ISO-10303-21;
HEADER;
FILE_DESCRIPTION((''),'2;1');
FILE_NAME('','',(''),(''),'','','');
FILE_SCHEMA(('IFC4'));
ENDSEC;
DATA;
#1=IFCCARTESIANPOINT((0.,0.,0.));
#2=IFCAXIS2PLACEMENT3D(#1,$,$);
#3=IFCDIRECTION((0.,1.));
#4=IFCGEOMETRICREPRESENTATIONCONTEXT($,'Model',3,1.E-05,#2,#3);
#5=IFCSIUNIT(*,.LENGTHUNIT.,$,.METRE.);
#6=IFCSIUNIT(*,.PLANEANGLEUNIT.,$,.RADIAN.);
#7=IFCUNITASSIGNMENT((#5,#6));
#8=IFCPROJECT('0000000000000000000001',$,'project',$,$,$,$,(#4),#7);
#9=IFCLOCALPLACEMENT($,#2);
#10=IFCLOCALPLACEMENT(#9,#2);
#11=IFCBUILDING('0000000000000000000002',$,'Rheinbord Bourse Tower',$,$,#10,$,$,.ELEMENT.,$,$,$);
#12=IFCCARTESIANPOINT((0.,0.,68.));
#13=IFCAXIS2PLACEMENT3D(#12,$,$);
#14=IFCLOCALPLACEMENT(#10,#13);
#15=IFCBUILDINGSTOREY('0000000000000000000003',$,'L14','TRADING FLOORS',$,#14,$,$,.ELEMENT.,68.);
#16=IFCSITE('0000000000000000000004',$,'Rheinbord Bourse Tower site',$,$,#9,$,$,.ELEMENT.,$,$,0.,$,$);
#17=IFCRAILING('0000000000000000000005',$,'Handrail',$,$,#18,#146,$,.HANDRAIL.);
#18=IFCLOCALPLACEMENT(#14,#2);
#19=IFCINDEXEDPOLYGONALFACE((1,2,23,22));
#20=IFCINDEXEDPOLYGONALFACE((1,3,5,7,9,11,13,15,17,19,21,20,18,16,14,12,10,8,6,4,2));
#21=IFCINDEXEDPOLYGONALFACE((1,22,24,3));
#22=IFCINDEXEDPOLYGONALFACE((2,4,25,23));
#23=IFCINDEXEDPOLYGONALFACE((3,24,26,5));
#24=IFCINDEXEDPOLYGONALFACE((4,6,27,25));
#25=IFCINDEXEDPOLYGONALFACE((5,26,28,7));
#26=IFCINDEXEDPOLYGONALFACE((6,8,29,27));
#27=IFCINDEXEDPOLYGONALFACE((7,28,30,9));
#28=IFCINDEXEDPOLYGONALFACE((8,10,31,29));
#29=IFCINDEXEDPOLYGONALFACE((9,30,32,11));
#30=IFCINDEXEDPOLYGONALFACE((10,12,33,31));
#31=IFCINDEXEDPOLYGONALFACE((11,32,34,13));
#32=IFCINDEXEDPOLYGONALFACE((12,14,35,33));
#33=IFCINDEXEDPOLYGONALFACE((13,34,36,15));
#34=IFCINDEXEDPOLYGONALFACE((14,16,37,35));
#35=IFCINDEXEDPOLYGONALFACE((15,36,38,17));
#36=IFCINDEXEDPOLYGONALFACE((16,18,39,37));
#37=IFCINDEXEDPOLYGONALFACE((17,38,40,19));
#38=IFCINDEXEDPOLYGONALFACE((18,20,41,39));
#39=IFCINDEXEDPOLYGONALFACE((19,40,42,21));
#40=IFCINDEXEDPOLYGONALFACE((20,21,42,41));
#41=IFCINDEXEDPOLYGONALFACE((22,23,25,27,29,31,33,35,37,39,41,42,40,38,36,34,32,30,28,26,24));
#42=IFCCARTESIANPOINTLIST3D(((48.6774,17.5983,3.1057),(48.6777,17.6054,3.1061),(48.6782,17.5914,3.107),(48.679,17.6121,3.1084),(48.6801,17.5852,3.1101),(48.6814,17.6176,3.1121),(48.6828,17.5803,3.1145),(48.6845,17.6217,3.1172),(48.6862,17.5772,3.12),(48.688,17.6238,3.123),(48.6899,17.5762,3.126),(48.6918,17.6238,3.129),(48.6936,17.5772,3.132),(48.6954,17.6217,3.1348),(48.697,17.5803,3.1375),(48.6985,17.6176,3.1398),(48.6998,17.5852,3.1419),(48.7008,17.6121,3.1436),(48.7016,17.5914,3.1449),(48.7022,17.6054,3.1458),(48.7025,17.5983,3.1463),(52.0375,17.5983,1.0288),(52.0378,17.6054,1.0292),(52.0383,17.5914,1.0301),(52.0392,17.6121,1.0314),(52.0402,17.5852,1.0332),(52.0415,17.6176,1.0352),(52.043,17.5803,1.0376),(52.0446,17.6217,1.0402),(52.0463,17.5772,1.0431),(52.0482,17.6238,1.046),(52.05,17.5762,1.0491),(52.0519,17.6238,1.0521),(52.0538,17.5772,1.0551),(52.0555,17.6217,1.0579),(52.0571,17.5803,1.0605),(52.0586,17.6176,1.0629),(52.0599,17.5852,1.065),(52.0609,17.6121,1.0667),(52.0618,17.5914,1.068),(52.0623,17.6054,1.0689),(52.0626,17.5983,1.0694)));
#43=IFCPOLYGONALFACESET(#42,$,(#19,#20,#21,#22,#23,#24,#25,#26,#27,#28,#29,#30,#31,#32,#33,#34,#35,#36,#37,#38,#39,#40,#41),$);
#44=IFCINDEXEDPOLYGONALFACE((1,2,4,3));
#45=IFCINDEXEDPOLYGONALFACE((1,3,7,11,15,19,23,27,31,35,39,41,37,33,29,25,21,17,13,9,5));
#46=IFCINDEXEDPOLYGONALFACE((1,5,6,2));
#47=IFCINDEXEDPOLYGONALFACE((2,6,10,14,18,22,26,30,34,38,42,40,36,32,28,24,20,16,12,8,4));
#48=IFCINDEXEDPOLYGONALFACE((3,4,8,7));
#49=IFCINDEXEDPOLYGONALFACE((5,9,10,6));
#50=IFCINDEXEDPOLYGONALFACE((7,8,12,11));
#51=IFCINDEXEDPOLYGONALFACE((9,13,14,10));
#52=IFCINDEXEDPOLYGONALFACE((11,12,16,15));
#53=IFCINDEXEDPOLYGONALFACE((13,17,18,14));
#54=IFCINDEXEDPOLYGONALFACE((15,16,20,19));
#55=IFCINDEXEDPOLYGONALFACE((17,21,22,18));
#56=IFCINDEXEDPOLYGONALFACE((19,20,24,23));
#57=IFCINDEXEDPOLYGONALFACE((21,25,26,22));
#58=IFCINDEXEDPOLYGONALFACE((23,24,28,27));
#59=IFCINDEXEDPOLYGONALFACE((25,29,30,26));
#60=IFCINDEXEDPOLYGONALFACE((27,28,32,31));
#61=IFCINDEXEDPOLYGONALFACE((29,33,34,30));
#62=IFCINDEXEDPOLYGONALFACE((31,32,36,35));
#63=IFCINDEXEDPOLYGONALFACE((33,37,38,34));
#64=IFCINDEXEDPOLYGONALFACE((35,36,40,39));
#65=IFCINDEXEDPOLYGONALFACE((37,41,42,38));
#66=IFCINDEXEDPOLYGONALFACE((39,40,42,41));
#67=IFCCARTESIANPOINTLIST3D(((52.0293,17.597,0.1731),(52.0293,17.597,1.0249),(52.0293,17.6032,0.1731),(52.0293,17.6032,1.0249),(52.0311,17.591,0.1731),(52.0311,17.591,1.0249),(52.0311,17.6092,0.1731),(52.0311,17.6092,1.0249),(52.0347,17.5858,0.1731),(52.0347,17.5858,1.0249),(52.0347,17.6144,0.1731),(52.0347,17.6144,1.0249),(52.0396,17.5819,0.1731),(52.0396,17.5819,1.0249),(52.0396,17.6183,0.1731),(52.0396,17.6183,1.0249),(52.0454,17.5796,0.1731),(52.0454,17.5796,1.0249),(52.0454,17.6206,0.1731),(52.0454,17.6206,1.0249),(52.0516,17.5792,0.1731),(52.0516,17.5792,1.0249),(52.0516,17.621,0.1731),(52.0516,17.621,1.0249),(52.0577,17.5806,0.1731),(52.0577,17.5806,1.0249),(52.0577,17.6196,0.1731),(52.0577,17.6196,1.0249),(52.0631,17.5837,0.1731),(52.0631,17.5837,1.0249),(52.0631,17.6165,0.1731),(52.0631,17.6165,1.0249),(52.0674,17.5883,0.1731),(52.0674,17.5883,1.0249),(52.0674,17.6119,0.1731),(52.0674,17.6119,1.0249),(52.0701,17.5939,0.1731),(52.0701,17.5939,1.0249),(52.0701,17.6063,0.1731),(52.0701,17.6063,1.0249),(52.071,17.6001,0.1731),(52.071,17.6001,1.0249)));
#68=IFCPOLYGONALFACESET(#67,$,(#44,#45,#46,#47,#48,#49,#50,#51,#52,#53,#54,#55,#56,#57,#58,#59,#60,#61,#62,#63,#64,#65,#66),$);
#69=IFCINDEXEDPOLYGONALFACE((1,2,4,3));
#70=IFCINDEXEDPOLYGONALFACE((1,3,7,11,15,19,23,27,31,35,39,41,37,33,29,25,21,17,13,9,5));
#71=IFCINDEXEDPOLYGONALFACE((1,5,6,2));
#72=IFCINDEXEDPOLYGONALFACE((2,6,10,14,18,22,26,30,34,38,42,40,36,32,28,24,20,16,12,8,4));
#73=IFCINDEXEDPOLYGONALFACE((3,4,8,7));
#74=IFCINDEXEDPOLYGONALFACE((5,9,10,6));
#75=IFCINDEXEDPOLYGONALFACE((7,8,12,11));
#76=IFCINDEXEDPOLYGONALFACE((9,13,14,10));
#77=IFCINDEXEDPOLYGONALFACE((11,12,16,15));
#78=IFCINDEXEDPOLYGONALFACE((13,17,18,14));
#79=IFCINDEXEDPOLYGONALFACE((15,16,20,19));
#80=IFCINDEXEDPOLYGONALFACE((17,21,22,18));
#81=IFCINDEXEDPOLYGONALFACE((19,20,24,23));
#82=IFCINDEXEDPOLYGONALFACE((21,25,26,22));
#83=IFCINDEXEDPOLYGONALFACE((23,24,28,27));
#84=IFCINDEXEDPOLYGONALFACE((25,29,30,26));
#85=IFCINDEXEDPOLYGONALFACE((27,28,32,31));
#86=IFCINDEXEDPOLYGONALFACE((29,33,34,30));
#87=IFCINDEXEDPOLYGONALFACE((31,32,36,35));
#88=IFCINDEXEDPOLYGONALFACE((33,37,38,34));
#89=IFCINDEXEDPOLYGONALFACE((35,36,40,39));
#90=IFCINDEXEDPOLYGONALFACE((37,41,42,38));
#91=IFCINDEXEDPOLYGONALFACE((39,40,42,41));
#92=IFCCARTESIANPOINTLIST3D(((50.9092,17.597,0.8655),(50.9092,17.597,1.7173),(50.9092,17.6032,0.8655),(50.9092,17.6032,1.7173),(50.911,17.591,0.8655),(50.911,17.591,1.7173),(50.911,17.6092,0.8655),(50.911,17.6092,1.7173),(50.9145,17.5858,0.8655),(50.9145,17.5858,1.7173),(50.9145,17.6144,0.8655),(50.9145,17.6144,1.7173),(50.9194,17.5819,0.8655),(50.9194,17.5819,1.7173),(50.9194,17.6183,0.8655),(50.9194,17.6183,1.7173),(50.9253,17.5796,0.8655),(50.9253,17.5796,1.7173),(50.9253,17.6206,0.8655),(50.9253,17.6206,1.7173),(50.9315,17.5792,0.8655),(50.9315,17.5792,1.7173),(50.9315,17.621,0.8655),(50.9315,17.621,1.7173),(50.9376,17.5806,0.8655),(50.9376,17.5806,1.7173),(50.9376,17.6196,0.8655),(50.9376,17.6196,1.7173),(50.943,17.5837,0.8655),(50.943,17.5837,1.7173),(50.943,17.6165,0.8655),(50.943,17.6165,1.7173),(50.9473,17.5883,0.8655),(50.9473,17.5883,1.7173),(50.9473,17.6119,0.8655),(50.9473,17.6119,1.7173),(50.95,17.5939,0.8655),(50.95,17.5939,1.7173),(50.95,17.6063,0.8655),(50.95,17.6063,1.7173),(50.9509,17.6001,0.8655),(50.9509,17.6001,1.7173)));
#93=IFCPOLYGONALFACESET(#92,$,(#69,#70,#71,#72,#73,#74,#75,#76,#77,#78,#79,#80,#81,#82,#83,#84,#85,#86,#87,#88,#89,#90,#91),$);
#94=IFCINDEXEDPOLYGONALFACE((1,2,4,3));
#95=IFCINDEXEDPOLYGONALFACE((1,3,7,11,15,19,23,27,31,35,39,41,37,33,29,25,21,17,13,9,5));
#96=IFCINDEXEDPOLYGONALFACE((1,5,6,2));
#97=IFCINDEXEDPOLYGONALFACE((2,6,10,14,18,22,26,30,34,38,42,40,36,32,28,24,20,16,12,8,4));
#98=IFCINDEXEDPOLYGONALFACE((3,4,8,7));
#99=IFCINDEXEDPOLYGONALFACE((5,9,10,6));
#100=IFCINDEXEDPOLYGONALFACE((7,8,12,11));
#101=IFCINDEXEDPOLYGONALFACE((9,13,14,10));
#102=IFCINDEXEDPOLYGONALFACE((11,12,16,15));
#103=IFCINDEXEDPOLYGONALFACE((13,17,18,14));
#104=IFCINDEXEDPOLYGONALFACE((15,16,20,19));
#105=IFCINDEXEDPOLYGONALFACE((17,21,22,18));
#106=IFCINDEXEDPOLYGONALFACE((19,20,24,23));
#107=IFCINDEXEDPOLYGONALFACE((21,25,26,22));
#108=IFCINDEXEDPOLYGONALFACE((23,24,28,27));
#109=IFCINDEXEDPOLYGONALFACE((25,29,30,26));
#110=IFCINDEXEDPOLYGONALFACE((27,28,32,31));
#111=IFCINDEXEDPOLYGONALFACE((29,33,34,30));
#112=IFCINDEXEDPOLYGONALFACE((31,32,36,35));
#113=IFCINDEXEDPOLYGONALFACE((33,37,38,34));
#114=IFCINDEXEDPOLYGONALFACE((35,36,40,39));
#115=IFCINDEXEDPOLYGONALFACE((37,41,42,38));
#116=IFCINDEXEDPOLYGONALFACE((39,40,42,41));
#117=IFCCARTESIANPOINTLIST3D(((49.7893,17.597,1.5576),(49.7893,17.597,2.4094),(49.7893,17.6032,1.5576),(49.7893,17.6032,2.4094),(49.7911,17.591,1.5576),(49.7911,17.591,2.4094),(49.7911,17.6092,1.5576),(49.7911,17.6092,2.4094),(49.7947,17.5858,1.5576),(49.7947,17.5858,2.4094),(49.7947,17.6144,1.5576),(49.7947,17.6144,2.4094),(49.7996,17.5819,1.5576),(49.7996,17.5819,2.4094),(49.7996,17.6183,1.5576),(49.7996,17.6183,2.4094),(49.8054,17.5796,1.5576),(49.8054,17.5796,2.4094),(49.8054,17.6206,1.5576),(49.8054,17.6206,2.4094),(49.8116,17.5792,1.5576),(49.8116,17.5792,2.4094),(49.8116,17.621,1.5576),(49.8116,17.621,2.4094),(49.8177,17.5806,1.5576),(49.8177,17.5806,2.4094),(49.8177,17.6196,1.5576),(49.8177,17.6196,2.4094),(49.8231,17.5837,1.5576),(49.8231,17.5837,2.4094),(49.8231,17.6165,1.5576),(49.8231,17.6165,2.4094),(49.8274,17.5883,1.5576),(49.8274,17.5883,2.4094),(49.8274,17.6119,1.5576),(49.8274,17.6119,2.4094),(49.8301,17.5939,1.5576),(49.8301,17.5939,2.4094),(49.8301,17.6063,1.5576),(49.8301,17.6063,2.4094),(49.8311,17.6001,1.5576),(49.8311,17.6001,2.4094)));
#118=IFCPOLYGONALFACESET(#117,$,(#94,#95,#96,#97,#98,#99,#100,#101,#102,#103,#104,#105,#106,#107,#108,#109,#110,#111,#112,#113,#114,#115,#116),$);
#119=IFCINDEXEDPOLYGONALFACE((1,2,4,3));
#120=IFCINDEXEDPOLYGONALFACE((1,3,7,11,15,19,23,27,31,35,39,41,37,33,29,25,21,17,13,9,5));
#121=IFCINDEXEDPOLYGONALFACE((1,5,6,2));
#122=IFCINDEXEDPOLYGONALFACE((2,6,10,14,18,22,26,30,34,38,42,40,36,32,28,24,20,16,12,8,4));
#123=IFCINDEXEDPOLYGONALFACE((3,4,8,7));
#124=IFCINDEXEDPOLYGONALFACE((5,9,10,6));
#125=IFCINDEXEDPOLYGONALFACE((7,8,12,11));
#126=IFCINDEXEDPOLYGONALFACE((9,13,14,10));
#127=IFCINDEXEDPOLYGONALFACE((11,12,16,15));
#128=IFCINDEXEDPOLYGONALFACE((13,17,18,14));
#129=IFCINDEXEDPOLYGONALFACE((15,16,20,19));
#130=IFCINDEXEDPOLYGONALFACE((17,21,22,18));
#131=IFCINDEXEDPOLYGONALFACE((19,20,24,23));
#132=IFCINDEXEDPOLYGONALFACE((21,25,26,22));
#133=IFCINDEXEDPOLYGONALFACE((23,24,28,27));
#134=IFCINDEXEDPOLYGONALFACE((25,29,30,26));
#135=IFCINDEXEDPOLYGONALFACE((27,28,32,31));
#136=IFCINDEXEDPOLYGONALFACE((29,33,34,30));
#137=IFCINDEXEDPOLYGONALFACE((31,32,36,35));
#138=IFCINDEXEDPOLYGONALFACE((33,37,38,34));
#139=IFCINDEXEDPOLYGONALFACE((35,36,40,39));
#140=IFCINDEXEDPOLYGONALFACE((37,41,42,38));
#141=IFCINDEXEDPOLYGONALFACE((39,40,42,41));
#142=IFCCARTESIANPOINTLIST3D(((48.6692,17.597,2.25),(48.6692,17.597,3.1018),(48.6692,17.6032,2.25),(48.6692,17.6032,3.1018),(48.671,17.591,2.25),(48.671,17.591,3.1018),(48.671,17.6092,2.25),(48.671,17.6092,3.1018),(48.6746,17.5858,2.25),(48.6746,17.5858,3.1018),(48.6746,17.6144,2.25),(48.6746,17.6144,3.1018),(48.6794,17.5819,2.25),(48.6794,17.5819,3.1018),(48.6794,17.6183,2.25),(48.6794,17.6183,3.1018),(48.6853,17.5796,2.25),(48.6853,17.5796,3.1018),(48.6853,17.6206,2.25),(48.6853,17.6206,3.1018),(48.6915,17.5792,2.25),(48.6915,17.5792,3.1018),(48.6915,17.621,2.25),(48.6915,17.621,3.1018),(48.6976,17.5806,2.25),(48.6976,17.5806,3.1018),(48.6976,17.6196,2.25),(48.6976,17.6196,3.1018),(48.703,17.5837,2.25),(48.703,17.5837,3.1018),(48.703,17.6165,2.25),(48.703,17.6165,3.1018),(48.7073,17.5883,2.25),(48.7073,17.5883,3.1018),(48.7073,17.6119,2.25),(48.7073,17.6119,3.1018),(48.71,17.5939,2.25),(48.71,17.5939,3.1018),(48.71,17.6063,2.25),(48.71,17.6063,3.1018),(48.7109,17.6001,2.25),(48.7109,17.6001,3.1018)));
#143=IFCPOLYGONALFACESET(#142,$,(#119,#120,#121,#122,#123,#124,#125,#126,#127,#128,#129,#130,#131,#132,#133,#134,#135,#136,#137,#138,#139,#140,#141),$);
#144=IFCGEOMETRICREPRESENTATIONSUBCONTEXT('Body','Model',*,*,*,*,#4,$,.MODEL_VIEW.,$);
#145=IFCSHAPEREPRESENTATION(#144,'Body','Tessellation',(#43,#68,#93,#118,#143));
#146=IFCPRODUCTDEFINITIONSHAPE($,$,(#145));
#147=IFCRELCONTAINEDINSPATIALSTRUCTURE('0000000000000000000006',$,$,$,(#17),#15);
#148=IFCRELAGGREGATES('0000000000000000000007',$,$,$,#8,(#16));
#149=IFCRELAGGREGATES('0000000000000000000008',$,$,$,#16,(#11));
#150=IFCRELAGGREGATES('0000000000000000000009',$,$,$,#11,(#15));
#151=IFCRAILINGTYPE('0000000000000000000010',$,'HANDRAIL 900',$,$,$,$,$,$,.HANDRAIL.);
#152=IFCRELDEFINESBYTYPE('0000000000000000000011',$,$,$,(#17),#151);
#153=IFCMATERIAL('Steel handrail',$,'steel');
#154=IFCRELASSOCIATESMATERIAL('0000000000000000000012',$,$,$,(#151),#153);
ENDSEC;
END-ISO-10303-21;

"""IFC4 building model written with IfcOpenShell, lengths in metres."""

from ifc_helpers import new_model, si_unit, direction, frame, origin, origin_2d, place, context, subcontext, project, spatial, circle, extrude, material, type_object, element, save


model = new_model("IFC4")

# Units and contexts
model_context = context("Model", 3, precision=1e-05, world=origin(), true_north=direction((0.0, 1.0)))
body_context = subcontext(model_context, "Body", "Model", "MODEL_VIEW")
ifc_project = project(units=[si_unit("LENGTHUNIT", "METRE"), si_unit("PLANEANGLEUNIT", "RADIAN")], contexts=[model_context])

# Site, building, storey
site_placement = place(None, origin())
site = spatial("IfcSite", under=ifc_project, at=site_placement, Name="Rheinbord Bourse Tower site", CompositionType="ELEMENT", RefElevation=0.0)
building_placement = place(site_placement, origin())
building = spatial("IfcBuilding", under=site, at=building_placement, Name="Rheinbord Bourse Tower", CompositionType="ELEMENT")
storey_placement = place(building_placement, frame((0.0, 0.0, 68.0)))
storey = spatial("IfcBuildingStorey", under=building, at=storey_placement, Name="L14", Description="TRADING FLOORS", CompositionType="ELEMENT", Elevation=68.0)

# Railing
ifc_material_1 = material(Name="Steel handrail", Category="steel")
railing_type = type_object("IfcRailingType", Name="HANDRAIL 900", PredefinedType="HANDRAIL", material=ifc_material_1)
railing_1_placement = place(storey_placement, frame((52.05, 17.6001, 0.1731)))
element("IfcRailing", 1, at=railing_1_placement, inside=storey, type_object=railing_type, Name="Handrail", PredefinedType="HANDRAIL", context=body_context, shape_type="SweptSolid", body=[
    extrude(circle(Radius=0.0239, at=origin_2d()), frame((0.0, 0.0, 0.876), z_axis=(-0.850623, 0.0, 0.525776), x_axis=(0.0, -1.0, 0.0)), (0.0, 0.0, 1.0), 3.9502),
    extrude(circle(Radius=0.021, at=origin_2d()), origin(), (0.0, 0.0, 1.0), 0.8518),
    extrude(circle(Radius=0.021, at=origin_2d()), frame((-1.1201, 0.0, 0.6924)), (0.0, 0.0, 1.0), 0.8518),
    extrude(circle(Radius=0.021, at=origin_2d()), frame((-2.24, 0.0, 1.3845)), (0.0, 0.0, 1.0), 0.8518),
    extrude(circle(Radius=0.021, at=origin_2d()), frame((-3.3601, 0.0, 2.0769)), (0.0, 0.0, 1.0), 0.8518),
])

save(model, "model.ifc")
